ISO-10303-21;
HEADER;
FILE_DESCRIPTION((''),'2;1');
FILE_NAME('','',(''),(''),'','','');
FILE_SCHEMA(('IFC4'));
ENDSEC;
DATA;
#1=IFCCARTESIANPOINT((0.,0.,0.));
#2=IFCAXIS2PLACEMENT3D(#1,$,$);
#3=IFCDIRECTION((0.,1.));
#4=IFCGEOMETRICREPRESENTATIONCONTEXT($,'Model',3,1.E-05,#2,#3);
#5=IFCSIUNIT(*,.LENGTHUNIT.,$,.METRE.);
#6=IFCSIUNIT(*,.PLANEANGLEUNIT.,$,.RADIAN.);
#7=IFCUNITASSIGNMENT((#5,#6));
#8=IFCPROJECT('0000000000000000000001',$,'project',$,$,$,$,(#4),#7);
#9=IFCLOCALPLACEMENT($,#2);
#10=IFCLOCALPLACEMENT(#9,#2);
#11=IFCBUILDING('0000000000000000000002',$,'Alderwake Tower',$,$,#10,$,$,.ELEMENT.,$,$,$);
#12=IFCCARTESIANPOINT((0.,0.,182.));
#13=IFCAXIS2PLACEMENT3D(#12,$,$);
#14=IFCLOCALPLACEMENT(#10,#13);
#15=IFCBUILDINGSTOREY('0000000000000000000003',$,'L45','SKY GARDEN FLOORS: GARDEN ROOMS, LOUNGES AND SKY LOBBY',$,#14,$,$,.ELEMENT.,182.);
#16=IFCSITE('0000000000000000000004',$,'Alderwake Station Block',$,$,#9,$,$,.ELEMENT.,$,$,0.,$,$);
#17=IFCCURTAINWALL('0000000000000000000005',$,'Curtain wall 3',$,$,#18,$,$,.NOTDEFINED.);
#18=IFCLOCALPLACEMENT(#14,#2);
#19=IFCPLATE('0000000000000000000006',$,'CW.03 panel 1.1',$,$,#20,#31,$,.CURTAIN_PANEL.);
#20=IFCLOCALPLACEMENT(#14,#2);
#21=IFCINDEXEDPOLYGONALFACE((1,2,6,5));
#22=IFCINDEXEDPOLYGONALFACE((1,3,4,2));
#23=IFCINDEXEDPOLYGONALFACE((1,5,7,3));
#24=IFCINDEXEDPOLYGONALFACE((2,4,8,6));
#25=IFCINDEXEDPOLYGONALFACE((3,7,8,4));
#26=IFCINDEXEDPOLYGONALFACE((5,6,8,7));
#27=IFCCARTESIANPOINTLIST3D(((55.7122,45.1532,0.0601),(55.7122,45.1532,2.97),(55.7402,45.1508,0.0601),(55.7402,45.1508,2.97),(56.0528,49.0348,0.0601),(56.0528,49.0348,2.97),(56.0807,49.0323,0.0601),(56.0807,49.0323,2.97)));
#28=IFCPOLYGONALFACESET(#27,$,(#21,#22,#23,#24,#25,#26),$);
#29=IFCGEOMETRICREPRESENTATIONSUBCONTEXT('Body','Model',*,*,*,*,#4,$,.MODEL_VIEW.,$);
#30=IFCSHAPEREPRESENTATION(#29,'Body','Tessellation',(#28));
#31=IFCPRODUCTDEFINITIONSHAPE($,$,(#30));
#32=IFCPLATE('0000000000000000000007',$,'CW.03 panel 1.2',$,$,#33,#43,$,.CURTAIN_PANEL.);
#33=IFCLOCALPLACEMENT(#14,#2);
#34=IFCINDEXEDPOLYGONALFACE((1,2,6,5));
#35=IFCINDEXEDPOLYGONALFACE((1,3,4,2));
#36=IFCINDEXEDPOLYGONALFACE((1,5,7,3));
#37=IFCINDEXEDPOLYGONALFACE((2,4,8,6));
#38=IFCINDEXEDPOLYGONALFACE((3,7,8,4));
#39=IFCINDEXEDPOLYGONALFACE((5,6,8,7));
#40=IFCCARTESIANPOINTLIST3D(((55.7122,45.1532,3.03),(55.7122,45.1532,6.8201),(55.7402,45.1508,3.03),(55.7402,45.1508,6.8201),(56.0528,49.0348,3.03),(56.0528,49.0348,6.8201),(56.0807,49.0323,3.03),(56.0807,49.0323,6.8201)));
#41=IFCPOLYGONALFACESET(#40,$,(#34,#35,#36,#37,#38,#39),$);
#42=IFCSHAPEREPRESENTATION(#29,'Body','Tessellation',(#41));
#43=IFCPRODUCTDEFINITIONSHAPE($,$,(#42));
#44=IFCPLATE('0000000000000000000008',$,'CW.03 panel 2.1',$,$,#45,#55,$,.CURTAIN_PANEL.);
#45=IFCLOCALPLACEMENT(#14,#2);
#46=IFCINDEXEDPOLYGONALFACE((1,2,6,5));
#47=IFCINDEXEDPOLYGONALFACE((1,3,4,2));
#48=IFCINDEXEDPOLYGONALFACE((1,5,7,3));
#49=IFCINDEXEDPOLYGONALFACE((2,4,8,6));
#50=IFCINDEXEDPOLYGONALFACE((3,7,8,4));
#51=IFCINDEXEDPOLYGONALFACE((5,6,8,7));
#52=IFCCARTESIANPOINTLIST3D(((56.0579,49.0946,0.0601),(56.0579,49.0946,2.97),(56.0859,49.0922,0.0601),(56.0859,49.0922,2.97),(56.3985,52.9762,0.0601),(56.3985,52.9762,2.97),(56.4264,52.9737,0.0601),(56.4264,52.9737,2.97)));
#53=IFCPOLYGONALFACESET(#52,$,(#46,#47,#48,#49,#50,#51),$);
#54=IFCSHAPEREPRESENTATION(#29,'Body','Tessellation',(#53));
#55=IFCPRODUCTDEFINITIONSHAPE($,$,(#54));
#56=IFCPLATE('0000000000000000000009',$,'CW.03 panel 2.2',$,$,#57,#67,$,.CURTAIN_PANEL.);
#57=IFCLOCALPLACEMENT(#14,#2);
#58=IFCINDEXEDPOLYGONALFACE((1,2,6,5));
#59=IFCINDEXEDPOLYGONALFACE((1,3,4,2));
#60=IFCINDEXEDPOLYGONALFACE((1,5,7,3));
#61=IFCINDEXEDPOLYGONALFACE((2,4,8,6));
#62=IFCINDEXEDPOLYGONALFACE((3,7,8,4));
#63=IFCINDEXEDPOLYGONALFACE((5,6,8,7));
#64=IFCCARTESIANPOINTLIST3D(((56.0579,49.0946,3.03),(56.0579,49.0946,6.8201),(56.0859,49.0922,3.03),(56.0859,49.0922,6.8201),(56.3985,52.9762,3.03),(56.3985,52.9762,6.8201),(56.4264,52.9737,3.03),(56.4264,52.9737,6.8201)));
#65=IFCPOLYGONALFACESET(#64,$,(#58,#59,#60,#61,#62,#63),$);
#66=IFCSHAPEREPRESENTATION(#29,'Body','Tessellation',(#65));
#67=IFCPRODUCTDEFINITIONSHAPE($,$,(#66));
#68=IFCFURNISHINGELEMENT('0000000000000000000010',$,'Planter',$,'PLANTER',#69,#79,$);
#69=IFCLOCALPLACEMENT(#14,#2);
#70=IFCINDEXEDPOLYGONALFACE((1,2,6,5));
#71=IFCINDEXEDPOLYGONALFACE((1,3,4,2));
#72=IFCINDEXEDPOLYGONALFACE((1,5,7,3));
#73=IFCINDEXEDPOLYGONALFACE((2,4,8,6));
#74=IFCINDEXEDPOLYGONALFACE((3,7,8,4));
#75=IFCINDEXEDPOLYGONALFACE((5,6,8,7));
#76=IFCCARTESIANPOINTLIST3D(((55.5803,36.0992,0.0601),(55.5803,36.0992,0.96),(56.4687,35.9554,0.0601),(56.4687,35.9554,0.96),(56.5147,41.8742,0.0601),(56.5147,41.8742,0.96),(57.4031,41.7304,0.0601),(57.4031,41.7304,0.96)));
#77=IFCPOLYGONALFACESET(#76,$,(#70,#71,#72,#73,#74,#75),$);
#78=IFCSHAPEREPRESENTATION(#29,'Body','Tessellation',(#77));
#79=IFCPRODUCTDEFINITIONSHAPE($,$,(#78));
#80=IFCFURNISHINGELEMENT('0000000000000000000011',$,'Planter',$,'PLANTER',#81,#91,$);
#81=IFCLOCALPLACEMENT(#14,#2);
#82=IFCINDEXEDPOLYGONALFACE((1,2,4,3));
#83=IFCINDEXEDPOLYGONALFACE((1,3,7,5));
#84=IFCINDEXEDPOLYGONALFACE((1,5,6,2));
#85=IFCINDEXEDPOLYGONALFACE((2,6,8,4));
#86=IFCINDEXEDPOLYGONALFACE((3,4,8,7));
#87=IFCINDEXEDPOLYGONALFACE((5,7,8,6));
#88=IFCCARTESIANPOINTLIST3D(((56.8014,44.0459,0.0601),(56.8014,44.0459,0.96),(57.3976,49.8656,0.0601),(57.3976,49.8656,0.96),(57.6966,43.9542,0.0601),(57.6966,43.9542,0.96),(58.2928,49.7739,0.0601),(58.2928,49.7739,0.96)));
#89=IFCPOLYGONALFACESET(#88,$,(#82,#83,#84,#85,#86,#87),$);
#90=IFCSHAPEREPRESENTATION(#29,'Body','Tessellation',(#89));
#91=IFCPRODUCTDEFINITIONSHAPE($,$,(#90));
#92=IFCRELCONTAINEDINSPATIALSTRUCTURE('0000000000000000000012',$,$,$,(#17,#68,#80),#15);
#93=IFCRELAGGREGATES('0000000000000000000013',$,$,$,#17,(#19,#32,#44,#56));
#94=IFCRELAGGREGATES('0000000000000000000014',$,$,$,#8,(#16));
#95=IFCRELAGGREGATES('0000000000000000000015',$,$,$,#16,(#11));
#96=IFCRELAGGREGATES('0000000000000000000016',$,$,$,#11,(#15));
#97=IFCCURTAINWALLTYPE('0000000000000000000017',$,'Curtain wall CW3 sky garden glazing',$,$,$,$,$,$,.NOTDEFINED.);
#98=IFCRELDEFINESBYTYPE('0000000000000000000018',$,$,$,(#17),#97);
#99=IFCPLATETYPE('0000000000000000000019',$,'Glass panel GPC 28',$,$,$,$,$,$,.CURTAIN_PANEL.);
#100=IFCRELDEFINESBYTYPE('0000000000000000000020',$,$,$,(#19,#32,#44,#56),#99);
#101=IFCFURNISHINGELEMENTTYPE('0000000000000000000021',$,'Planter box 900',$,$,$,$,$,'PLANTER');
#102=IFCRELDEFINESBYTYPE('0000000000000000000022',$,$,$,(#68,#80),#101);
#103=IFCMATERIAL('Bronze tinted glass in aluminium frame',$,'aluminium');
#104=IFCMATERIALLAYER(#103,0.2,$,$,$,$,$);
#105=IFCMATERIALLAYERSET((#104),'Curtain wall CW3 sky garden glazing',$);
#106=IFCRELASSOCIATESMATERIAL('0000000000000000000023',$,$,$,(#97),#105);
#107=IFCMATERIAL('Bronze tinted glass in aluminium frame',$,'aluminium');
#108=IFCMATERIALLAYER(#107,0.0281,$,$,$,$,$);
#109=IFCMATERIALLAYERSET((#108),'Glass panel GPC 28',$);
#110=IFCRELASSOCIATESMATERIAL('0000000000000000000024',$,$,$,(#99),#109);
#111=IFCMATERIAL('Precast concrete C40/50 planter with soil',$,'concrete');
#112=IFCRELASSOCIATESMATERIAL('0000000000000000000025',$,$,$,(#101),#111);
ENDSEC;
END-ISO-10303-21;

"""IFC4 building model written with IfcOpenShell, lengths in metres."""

from ifc_helpers import new_model, si_unit, direction, frame, origin, origin_2d, place, context, subcontext, project, spatial, rectangle, extrude, material, layer, layer_set, type_object, element, aggregate, save


model = new_model("IFC4")

# Units and contexts
model_context = context("Model", 3, precision=1e-05, world=origin(), true_north=direction((0.0, 1.0)))
body_context = subcontext(model_context, "Body", "Model", "MODEL_VIEW")
ifc_project = project(units=[si_unit("LENGTHUNIT", "METRE"), si_unit("PLANEANGLEUNIT", "RADIAN")], contexts=[model_context])

# Site, building, storey
site_placement = place(None, origin())
site = spatial("IfcSite", under=ifc_project, at=site_placement, Name="Alderwake Station Block", CompositionType="ELEMENT", RefElevation=0.0)
building_placement = place(site_placement, origin())
building = spatial("IfcBuilding", under=site, at=building_placement, Name="Alderwake Tower", CompositionType="ELEMENT")
storey_placement = place(building_placement, frame((0.0, 0.0, 182.0)))
storey = spatial("IfcBuildingStorey", under=building, at=storey_placement, Name="L45", Description="SKY GARDEN FLOORS: GARDEN ROOMS, LOUNGES AND SKY LOBBY", CompositionType="ELEMENT", Elevation=182.0)

# Shared definitions
ifc_material_1 = material(Name="Bronze tinted glass in aluminium frame", Category="aluminium")
ifc_layer_1 = layer(ifc_material_1, 0.2)
ifc_layer_set_1 = layer_set([ifc_layer_1], Name="Curtain wall CW3 sky garden glazing")
curtain_wall_type = type_object("IfcCurtainWallType", Name="Curtain wall CW3 sky garden glazing", PredefinedType="NOTDEFINED", material=ifc_layer_set_1)

# Curtain wall, plates
curtain_wall_1_placement = place(storey_placement, origin())
curtain_wall_1 = element("IfcCurtainWall", 1, at=curtain_wall_1_placement, inside=storey, type_object=curtain_wall_type, Name="Curtain wall 3", PredefinedType="NOTDEFINED")
ifc_material_2 = material(Name="Bronze tinted glass in aluminium frame", Category="aluminium")
ifc_layer_2 = layer(ifc_material_2, 0.0281)
ifc_layer_set_2 = layer_set([ifc_layer_2], Name="Glass panel GPC 28")
plate_type = type_object("IfcPlateType", Name="Glass panel GPC 28", PredefinedType="CURTAIN_PANEL", material=ifc_layer_set_2)
plate_1_placement = place(storey_placement, frame((55.8965, 47.0928, 0.0601), z_axis=(0.0, 0.0, 1.0), x_axis=(0.087394, 0.996174, 0.0)))
plate_1 = element("IfcPlate", 2, at=plate_1_placement, type_object=plate_type, Name="CW.03 panel 1.1", PredefinedType="CURTAIN_PANEL", context=body_context, shape_type="SweptSolid", body=[
    extrude(rectangle(XDim=3.8965, YDim=0.0281, at=origin_2d()), origin(), (0.0, 0.0, 1.0), 2.9099),
])
plate_2_placement = place(storey_placement, frame((55.8965, 47.0928, 3.03), z_axis=(0.0, 0.0, 1.0), x_axis=(0.087394, 0.996174, 0.0)))
plate_2 = element("IfcPlate", 3, at=plate_2_placement, type_object=plate_type, Name="CW.03 panel 1.2", PredefinedType="CURTAIN_PANEL", context=body_context, shape_type="SweptSolid", body=[
    extrude(rectangle(XDim=3.8965, YDim=0.0281, at=origin_2d()), origin(), (0.0, 0.0, 1.0), 3.79),
])
plate_3_placement = place(storey_placement, frame((56.2422, 51.0342, 0.0601), z_axis=(0.0, 0.0, 1.0), x_axis=(0.087394, 0.996174, 0.0)))
plate_3 = element("IfcPlate", 4, at=plate_3_placement, type_object=plate_type, Name="CW.03 panel 2.1", PredefinedType="CURTAIN_PANEL", context=body_context, shape_type="SweptSolid", body=[
    extrude(rectangle(XDim=3.8965, YDim=0.0281, at=origin_2d()), origin(), (0.0, 0.0, 1.0), 2.9099),
])
plate_4_placement = place(storey_placement, frame((56.2422, 51.0342, 3.03), z_axis=(0.0, 0.0, 1.0), x_axis=(0.087394, 0.996174, 0.0)))
plate_4 = element("IfcPlate", 5, at=plate_4_placement, type_object=plate_type, Name="CW.03 panel 2.2", PredefinedType="CURTAIN_PANEL", context=body_context, shape_type="SweptSolid", body=[
    extrude(rectangle(XDim=3.8965, YDim=0.0281, at=origin_2d()), origin(), (0.0, 0.0, 1.0), 3.79),
])
aggregate(curtain_wall_1, [plate_1, plate_2, plate_3, plate_4])

# Furnishing elements
ifc_material_3 = material(Name="Precast concrete C40/50 planter with soil", Category="concrete")
furnishing_element_type = type_object("IfcFurnishingElementType", Name="Planter box 900", ElementType="PLANTER", material=ifc_material_3)
for number, where, z_axis, x_axis, name in (
    (6, (56.4917, 38.9148, 0.0601), (0.0, 0.0, 1.0), (0.987161, -0.15973, 0.0), "Planter"),
    (7, (57.5471, 46.9099, 0.0601), (0.0, 0.0, 1.0), (0.994794, -0.101905, 0.0), "Planter"),
):
    element("IfcFurnishingElement", number, at=place(storey_placement, frame(where, z_axis=z_axis, x_axis=x_axis)), inside=storey, type_object=furnishing_element_type, Name=name, ObjectType="PLANTER", context=body_context, shape_type="SweptSolid", body=[
        extrude(rectangle(XDim=0.8999, YDim=5.8501, at=origin_2d()), origin(), (0.0, 0.0, 1.0), 0.8999),
    ])

save(model, "model.ifc")
